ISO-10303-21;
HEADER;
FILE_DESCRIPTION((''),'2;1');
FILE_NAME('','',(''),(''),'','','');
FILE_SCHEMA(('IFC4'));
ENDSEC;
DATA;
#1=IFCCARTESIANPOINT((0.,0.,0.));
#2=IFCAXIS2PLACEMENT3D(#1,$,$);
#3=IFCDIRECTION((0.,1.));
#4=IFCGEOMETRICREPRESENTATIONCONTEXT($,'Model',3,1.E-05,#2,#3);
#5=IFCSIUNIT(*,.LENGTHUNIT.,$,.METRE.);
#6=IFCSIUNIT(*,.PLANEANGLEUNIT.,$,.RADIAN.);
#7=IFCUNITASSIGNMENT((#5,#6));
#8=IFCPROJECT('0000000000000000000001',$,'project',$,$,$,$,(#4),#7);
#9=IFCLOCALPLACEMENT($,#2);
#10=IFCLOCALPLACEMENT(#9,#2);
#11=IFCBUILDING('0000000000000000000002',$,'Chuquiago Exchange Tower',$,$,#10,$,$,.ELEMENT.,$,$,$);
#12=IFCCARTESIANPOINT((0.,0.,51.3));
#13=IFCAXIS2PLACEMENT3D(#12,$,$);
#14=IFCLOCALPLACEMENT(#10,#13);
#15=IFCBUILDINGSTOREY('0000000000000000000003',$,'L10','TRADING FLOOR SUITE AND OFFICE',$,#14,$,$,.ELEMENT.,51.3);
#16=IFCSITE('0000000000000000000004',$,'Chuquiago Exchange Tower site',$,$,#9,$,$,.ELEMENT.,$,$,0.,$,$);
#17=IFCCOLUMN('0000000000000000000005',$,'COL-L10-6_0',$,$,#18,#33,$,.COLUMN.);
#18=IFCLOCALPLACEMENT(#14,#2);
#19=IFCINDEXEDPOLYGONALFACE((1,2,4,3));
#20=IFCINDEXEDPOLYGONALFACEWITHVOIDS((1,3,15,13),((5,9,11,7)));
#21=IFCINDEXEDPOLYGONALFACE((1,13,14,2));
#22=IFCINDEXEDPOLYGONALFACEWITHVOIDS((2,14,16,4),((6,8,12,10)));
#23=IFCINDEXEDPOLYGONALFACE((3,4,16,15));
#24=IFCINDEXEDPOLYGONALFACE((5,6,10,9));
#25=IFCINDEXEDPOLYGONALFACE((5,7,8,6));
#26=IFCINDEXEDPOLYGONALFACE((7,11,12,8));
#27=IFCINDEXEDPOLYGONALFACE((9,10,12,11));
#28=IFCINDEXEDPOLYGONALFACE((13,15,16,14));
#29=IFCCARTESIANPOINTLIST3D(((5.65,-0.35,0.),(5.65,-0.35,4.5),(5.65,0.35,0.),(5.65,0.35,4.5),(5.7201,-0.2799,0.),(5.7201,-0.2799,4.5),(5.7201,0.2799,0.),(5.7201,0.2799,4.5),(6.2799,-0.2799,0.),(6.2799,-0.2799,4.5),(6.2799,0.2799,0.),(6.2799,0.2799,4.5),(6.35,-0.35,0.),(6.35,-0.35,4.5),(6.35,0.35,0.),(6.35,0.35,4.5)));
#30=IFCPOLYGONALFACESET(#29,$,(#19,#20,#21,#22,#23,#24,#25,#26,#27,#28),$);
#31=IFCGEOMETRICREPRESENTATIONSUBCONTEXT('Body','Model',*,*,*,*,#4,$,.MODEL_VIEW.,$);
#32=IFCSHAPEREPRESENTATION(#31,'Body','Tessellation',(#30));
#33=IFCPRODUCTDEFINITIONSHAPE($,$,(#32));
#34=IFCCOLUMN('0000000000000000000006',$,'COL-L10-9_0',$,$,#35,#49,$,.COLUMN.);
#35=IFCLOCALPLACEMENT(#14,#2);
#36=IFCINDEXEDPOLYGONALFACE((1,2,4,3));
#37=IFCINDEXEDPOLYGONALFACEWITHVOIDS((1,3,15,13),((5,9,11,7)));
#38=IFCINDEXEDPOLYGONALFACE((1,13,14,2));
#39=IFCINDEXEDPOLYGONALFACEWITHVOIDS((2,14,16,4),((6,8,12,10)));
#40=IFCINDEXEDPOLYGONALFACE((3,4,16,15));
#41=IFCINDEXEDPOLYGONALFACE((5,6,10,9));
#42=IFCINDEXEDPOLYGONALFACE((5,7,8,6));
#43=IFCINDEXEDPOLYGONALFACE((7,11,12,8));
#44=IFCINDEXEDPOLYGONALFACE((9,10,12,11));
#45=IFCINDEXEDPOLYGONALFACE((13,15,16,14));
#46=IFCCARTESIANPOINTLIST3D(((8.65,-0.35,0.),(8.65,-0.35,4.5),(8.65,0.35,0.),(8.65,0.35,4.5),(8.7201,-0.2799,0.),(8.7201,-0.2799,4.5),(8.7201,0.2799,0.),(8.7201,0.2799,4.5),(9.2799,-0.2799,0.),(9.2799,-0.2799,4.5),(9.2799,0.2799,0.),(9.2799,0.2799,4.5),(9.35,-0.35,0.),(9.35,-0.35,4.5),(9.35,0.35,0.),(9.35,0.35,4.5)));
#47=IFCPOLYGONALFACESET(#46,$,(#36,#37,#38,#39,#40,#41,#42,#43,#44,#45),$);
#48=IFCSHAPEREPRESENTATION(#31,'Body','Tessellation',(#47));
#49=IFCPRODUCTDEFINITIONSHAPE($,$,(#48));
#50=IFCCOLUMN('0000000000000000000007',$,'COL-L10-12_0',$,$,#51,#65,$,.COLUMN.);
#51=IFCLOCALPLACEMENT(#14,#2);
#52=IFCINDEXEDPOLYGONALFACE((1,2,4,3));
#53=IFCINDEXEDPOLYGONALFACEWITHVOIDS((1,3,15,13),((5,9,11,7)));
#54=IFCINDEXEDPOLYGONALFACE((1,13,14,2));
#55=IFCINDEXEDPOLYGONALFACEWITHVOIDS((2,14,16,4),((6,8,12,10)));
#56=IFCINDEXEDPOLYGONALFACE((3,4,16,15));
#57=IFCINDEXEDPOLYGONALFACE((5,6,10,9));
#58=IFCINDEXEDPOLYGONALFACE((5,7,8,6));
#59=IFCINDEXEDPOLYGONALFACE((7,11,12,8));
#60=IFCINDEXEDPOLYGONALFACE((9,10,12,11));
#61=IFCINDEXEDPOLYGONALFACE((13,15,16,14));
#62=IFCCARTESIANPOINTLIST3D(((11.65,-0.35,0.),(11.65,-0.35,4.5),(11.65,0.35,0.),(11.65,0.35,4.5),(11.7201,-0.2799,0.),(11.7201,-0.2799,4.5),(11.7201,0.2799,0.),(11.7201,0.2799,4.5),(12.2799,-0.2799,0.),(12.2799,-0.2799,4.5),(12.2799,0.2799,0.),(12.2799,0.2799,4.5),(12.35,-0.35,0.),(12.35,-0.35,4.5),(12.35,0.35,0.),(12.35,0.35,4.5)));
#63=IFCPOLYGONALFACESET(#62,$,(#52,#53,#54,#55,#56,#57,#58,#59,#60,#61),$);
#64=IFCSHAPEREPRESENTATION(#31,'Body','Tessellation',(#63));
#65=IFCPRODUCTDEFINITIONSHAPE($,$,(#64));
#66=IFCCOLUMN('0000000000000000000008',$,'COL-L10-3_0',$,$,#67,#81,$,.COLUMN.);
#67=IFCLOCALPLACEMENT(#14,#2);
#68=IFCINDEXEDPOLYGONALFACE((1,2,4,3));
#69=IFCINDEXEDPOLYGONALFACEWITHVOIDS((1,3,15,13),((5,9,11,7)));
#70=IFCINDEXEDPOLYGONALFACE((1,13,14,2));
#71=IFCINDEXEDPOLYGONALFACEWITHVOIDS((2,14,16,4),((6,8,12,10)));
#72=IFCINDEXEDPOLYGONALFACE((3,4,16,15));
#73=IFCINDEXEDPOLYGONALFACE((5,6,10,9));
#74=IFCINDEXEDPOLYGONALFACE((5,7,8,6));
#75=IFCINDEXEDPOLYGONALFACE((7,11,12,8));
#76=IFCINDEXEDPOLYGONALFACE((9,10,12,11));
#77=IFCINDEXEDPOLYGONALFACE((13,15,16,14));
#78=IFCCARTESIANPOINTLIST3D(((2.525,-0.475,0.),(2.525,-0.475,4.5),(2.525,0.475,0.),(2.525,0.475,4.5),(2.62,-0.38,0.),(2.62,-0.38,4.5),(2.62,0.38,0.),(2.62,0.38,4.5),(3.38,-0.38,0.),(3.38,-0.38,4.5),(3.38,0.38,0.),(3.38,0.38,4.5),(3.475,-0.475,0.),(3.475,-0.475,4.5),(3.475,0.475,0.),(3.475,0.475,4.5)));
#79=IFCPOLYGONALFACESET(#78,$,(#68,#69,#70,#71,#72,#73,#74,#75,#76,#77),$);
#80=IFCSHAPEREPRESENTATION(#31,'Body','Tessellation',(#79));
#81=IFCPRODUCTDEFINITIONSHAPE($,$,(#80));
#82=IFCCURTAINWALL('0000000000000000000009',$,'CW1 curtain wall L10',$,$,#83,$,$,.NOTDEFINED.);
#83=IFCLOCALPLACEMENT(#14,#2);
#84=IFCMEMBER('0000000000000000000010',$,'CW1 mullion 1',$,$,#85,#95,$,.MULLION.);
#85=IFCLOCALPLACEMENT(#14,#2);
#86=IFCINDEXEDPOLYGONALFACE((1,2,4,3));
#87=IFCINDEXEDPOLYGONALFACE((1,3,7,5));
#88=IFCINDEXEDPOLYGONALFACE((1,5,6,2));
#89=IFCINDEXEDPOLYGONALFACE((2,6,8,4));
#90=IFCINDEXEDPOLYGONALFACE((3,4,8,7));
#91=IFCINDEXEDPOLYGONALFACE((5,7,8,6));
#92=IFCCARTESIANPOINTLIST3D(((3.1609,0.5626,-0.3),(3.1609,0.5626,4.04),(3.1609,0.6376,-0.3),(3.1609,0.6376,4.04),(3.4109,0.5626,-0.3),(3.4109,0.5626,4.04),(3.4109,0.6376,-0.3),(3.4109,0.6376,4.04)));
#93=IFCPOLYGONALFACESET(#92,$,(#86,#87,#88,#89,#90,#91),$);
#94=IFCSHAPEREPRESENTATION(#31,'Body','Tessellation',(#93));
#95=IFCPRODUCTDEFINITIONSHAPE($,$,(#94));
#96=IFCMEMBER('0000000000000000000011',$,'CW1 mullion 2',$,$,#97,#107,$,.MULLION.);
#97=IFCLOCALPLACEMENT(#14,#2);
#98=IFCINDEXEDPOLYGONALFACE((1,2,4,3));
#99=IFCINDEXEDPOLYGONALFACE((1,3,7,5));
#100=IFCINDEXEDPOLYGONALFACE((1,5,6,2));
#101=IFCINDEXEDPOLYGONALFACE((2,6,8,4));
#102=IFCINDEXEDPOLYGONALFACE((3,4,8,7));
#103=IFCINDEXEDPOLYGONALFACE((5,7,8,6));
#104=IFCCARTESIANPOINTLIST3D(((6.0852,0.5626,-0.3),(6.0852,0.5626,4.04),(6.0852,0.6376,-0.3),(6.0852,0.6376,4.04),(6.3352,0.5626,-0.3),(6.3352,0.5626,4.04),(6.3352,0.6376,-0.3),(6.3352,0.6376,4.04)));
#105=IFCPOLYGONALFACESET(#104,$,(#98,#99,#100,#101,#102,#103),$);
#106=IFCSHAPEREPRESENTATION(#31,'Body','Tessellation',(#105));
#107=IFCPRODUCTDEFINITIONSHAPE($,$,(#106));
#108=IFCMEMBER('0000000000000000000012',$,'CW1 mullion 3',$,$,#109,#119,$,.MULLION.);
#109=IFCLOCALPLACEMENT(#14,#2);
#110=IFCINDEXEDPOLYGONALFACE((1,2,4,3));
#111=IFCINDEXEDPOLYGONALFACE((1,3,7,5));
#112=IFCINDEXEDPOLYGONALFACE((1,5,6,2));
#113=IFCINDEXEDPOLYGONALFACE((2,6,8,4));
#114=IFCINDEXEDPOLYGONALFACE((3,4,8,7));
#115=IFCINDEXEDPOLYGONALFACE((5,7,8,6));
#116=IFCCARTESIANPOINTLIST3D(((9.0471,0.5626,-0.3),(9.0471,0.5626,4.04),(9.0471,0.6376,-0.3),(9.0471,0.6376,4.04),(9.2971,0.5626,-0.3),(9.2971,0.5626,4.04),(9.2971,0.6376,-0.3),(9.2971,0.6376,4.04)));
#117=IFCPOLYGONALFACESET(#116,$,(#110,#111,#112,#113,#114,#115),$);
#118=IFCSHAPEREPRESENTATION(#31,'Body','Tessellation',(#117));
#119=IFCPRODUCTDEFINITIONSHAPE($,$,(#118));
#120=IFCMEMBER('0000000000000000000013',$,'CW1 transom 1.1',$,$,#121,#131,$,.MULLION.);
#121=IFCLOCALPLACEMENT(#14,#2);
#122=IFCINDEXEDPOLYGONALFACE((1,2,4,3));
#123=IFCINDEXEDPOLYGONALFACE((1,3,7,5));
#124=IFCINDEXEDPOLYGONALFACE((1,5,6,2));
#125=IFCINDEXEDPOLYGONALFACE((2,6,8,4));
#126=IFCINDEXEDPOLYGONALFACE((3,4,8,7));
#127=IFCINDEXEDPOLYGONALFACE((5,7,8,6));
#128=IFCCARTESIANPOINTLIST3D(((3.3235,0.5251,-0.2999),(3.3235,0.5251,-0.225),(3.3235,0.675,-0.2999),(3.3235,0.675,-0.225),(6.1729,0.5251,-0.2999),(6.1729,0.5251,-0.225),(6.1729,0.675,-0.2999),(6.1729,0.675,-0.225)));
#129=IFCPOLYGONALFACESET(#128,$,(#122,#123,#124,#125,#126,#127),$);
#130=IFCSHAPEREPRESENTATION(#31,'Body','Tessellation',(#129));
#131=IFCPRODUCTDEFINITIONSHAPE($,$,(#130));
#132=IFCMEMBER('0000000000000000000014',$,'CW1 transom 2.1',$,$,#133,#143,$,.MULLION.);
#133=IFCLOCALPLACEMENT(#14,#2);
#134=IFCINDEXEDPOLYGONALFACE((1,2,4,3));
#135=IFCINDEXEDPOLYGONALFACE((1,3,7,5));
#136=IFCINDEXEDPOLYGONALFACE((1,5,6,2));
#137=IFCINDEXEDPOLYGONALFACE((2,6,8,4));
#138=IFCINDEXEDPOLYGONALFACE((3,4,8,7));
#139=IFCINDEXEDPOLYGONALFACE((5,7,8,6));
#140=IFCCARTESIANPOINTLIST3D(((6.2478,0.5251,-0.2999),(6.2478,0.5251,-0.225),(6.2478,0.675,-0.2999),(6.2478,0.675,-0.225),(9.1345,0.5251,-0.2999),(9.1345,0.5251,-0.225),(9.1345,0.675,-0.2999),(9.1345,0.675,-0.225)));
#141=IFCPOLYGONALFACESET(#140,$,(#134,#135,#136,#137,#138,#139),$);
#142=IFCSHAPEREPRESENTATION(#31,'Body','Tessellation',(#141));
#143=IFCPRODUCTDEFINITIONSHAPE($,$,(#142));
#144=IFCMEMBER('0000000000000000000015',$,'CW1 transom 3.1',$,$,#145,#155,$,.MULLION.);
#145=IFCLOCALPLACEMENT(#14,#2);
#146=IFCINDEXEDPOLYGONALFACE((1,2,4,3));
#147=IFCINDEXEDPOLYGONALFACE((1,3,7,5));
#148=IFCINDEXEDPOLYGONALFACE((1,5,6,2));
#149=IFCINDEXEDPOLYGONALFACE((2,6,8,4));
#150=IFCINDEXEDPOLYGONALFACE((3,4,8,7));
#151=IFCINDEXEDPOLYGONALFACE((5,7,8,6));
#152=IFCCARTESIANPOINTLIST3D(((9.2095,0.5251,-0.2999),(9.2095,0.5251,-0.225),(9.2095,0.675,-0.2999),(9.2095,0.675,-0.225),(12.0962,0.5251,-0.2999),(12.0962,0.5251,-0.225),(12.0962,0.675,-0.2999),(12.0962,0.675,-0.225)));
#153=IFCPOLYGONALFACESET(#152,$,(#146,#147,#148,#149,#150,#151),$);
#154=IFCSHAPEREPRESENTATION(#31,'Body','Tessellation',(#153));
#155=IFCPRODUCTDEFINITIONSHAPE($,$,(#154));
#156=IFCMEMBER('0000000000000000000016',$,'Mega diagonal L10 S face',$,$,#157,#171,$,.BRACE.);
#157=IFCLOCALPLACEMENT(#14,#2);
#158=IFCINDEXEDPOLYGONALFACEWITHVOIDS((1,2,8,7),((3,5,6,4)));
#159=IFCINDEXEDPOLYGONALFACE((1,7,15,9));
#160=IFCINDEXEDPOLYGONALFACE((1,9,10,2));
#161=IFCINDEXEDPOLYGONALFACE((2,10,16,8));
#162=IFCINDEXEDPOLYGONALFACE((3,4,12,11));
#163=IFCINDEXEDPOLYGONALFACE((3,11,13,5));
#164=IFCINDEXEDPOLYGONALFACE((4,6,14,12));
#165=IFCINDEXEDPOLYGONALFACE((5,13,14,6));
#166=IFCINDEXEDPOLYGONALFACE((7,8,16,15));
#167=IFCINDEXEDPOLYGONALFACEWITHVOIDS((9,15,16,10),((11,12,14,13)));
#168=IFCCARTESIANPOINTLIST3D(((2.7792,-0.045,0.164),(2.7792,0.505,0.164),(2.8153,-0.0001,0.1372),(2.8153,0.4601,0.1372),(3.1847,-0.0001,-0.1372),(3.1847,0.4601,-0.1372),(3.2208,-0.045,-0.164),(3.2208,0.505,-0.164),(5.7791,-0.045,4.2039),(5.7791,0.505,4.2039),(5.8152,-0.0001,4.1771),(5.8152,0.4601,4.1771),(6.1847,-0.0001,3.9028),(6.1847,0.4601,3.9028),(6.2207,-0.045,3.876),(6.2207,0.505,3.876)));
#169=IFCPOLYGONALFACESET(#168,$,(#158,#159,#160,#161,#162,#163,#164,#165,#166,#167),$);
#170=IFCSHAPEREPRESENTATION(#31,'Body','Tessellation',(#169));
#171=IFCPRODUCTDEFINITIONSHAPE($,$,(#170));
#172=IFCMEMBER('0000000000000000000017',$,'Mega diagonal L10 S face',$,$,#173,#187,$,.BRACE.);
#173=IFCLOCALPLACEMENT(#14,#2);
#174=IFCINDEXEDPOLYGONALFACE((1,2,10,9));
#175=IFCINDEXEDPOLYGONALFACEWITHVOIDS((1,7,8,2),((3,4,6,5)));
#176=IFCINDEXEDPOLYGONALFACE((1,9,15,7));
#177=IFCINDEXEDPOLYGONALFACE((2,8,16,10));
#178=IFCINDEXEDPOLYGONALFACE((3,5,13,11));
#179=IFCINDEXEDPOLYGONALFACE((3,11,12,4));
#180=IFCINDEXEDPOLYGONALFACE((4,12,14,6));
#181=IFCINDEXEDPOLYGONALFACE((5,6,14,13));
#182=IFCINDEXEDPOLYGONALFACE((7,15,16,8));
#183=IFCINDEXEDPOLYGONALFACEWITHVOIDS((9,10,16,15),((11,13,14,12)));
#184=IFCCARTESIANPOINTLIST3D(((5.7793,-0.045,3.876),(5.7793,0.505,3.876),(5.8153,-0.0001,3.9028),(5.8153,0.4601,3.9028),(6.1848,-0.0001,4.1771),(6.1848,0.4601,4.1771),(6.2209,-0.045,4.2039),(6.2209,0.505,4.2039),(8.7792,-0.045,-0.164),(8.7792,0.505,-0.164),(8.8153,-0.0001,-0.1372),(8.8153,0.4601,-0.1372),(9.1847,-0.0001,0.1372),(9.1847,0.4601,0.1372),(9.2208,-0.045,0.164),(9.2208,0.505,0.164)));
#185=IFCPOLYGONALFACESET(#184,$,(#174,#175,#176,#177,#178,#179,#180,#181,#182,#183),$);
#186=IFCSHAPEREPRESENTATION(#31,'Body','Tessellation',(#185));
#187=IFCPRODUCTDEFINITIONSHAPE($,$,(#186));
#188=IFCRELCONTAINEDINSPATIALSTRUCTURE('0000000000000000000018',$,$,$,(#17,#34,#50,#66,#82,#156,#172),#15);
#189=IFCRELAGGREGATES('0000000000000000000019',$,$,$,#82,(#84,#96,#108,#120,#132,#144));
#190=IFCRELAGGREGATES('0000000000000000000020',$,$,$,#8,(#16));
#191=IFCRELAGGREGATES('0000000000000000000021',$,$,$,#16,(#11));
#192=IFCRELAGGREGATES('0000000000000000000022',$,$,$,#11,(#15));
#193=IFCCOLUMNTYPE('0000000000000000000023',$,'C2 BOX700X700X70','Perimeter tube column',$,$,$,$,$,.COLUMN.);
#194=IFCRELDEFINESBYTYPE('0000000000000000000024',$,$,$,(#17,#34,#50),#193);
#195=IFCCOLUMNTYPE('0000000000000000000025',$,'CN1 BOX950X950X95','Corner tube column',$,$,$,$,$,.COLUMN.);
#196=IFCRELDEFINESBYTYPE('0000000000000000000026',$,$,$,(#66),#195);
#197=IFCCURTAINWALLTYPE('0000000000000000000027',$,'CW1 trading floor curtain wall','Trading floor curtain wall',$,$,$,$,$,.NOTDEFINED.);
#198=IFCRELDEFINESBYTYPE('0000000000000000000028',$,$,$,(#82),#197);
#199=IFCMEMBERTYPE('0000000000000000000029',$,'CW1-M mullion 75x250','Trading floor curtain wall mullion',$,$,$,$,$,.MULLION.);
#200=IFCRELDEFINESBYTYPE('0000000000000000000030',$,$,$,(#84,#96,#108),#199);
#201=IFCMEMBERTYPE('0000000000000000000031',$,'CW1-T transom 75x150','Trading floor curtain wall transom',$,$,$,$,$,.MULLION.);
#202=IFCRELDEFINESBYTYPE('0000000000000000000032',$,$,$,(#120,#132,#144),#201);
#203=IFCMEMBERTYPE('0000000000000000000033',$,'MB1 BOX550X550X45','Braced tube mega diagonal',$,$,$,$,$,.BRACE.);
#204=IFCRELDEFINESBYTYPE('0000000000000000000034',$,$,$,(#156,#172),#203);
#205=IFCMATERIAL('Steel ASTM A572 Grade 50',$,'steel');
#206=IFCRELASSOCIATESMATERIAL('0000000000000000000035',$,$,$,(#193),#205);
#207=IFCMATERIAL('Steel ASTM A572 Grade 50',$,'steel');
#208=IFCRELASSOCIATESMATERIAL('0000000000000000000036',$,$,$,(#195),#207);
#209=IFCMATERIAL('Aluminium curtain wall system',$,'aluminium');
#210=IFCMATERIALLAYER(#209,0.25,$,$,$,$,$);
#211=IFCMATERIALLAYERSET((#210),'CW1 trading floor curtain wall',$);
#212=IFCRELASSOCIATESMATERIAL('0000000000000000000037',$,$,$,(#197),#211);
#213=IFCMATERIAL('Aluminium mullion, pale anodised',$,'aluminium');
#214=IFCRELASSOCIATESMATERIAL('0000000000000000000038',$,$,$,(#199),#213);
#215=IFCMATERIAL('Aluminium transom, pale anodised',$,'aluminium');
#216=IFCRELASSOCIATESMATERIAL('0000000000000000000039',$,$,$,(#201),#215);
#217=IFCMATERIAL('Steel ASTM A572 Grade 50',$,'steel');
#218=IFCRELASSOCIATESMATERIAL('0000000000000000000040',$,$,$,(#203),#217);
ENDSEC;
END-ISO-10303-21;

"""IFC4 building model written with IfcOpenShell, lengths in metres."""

from ifc_helpers import new_model, si_unit, direction, frame, origin, origin_2d, place, context, subcontext, project, spatial, rectangle, hollow_rectangle, extrude, material, layer, layer_set, material_profile, profile_set, type_object, element, aggregate, save


model = new_model("IFC4")

# Units and contexts
model_context = context("Model", 3, precision=1e-05, world=origin(), true_north=direction((0.0, 1.0)))
body_context = subcontext(model_context, "Body", "Model", "MODEL_VIEW")
ifc_project = project(units=[si_unit("LENGTHUNIT", "METRE"), si_unit("PLANEANGLEUNIT", "RADIAN")], contexts=[model_context])

# Site, building, storey
site_placement = place(None, origin())
site = spatial("IfcSite", under=ifc_project, at=site_placement, Name="Chuquiago Exchange Tower site", CompositionType="ELEMENT", RefElevation=0.0)
building_placement = place(site_placement, origin())
building = spatial("IfcBuilding", under=site, at=building_placement, Name="Chuquiago Exchange Tower", CompositionType="ELEMENT")
storey_placement = place(building_placement, frame((0.0, 0.0, 51.3)))
storey = spatial("IfcBuildingStorey", under=building, at=storey_placement, Name="L10", Description="TRADING FLOOR SUITE AND OFFICE", CompositionType="ELEMENT", Elevation=51.3)

# Columns
ifc_material_1 = material(Name="Steel ASTM A572 Grade 50", Category="steel")
ifc_material_profile_1 = material_profile(ifc_material_1, hollow_rectangle(XDim=0.7, YDim=0.7, WallThickness=0.0701, at=origin_2d()), Name="BOX700X700X70")
ifc_profile_set_1 = profile_set([ifc_material_profile_1], Name="Steel ASTM A572 Grade 50")
column_type_1 = type_object("IfcColumnType", Name="C2 BOX700X700X70", Description="Perimeter tube column", PredefinedType="COLUMN", material=ifc_profile_set_1)
for number, where, z_axis, x_axis, name in (
    (1, (6.0, 0.0, 0.0), (0.0, 0.0, 1.0), (0.0, -1.0, 0.0), "COL-L10-6_0"),
    (2, (9.0, 0.0, 0.0), (0.0, 0.0, 1.0), (0.0, -1.0, 0.0), "COL-L10-9_0"),
    (3, (12.0, 0.0, 0.0), (0.0, 0.0, 1.0), (0.0, -1.0, 0.0), "COL-L10-12_0"),
):
    element("IfcColumn", number, at=place(storey_placement, frame(where, z_axis=z_axis, x_axis=x_axis)), inside=storey, type_object=column_type_1, Name=name, PredefinedType="COLUMN", context=body_context, shape_type="SweptSolid", body=[
        extrude(hollow_rectangle(XDim=0.7, YDim=0.7, WallThickness=0.0701, at=origin_2d()), origin(), (0.0, 0.0, 1.0), 4.5),
    ])
ifc_material_2 = material(Name="Steel ASTM A572 Grade 50", Category="steel")
ifc_material_profile_2 = material_profile(ifc_material_2, hollow_rectangle(XDim=0.95, YDim=0.95, WallThickness=0.095, at=origin_2d()), Name="BOX950X950X95")
ifc_profile_set_2 = profile_set([ifc_material_profile_2], Name="Steel ASTM A572 Grade 50")
column_type_2 = type_object("IfcColumnType", Name="CN1 BOX950X950X95", Description="Corner tube column", PredefinedType="COLUMN", material=ifc_profile_set_2)
column_placement = place(storey_placement, frame((3.0, 0.0, 0.0), z_axis=(0.0, 0.0, 1.0), x_axis=(0.0, -1.0, 0.0)))
element("IfcColumn", 4, at=column_placement, inside=storey, type_object=column_type_2, Name="COL-L10-3_0", PredefinedType="COLUMN", context=body_context, shape_type="SweptSolid", body=[
    extrude(hollow_rectangle(XDim=0.95, YDim=0.95, WallThickness=0.095, at=origin_2d()), origin(), (0.0, 0.0, 1.0), 4.5),
])

# Curtain wall, members
ifc_material_3 = material(Name="Aluminium curtain wall system", Category="aluminium")
ifc_layer_1 = layer(ifc_material_3, 0.25)
ifc_layer_set_1 = layer_set([ifc_layer_1], Name="CW1 trading floor curtain wall")
curtain_wall_type = type_object("IfcCurtainWallType", Name="CW1 trading floor curtain wall", Description="Trading floor curtain wall", PredefinedType="NOTDEFINED", material=ifc_layer_set_1)
curtain_wall_placement = place(storey_placement, origin())
curtain_wall = element("IfcCurtainWall", 5, at=curtain_wall_placement, inside=storey, type_object=curtain_wall_type, Name="CW1 curtain wall L10", PredefinedType="NOTDEFINED")
ifc_material_4 = material(Name="Aluminium mullion, pale anodised", Category="aluminium")
ifc_material_profile_3 = material_profile(ifc_material_4, rectangle(XDim=0.075, YDim=0.25, at=origin_2d()), Name="AL 75x250")
ifc_profile_set_3 = profile_set([ifc_material_profile_3], Name="Aluminium mullion, pale anodised")
member_type_1 = type_object("IfcMemberType", Name="CW1-M mullion 75x250", Description="Trading floor curtain wall mullion", PredefinedType="MULLION", material=ifc_profile_set_3)
member_1_placement = place(storey_placement, frame((3.2859, 0.6001, -0.3), z_axis=(0.0, 0.0, 1.0), x_axis=(0.0, 1.0, 0.0)))
member_1 = element("IfcMember", 6, at=member_1_placement, type_object=member_type_1, Name="CW1 mullion 1", PredefinedType="MULLION", context=body_context, shape_type="SweptSolid", body=[
    extrude(rectangle(XDim=0.075, YDim=0.25, at=origin_2d()), origin(), (0.0, 0.0, 1.0), 4.3401),
])
member_2_placement = place(storey_placement, frame((6.2102, 0.6001, -0.3), z_axis=(0.0, 0.0, 1.0), x_axis=(0.0, 1.0, 0.0)))
member_2 = element("IfcMember", 7, at=member_2_placement, type_object=member_type_1, Name="CW1 mullion 2", PredefinedType="MULLION", context=body_context, shape_type="SweptSolid", body=[
    extrude(rectangle(XDim=0.075, YDim=0.25, at=origin_2d()), origin(), (0.0, 0.0, 1.0), 4.3401),
])
member_3_placement = place(storey_placement, frame((9.1721, 0.6001, -0.3), z_axis=(0.0, 0.0, 1.0), x_axis=(0.0, 1.0, 0.0)))
member_3 = element("IfcMember", 8, at=member_3_placement, type_object=member_type_1, Name="CW1 mullion 3", PredefinedType="MULLION", context=body_context, shape_type="SweptSolid", body=[
    extrude(rectangle(XDim=0.075, YDim=0.25, at=origin_2d()), origin(), (0.0, 0.0, 1.0), 4.3401),
])
ifc_material_5 = material(Name="Aluminium transom, pale anodised", Category="aluminium")
ifc_material_profile_4 = material_profile(ifc_material_5, rectangle(XDim=0.1499, YDim=0.075, at=origin_2d()), Name="AL 150x75")
ifc_profile_set_4 = profile_set([ifc_material_profile_4], Name="Aluminium transom, pale anodised")
member_type_2 = type_object("IfcMemberType", Name="CW1-T transom 75x150", Description="Trading floor curtain wall transom", PredefinedType="MULLION", material=ifc_profile_set_4)
member_4_placement = place(storey_placement, frame((3.3235, 0.6001, -0.2625), z_axis=(1.0, 0.0, 0.0), x_axis=(0.0, 1.0, 0.0)))
member_4 = element("IfcMember", 9, at=member_4_placement, type_object=member_type_2, Name="CW1 transom 1.1", PredefinedType="MULLION", context=body_context, shape_type="SweptSolid", body=[
    extrude(rectangle(XDim=0.1499, YDim=0.075, at=origin_2d()), origin(), (0.0, 0.0, 1.0), 2.8494),
])
member_5_placement = place(storey_placement, frame((6.2478, 0.6001, -0.2625), z_axis=(1.0, 0.0, 0.0), x_axis=(0.0, 1.0, 0.0)))
member_5 = element("IfcMember", 10, at=member_5_placement, type_object=member_type_2, Name="CW1 transom 2.1", PredefinedType="MULLION", context=body_context, shape_type="SweptSolid", body=[
    extrude(rectangle(XDim=0.1499, YDim=0.075, at=origin_2d()), origin(), (0.0, 0.0, 1.0), 2.8867),
])
member_6_placement = place(storey_placement, frame((9.2095, 0.6001, -0.2625), z_axis=(1.0, 0.0, 0.0), x_axis=(0.0, 1.0, 0.0)))
member_6 = element("IfcMember", 11, at=member_6_placement, type_object=member_type_2, Name="CW1 transom 3.1", PredefinedType="MULLION", context=body_context, shape_type="SweptSolid", body=[
    extrude(rectangle(XDim=0.1499, YDim=0.075, at=origin_2d()), origin(), (0.0, 0.0, 1.0), 2.8867),
])

# Members
ifc_material_6 = material(Name="Steel ASTM A572 Grade 50", Category="steel")
ifc_material_profile_5 = material_profile(ifc_material_6, hollow_rectangle(XDim=0.55, YDim=0.55, WallThickness=0.0449, at=origin_2d()), Name="BOX550X550X45")
ifc_profile_set_5 = profile_set([ifc_material_profile_5], Name="Steel ASTM A572 Grade 50")
member_type_3 = type_object("IfcMemberType", Name="MB1 BOX550X550X45", Description="Braced tube mega diagonal", PredefinedType="BRACE", material=ifc_profile_set_5)
for number, where, z_axis, x_axis, name in (
    (12, (3.0, 0.23, 0.0), (0.596174, 0.0, 0.802855), (0.0, 1.0, 0.0), "Mega diagonal L10 S face"),
    (13, (9.0, 0.23, 0.0), (-0.596174, 0.0, 0.802855), (0.0, -1.0, 0.0), "Mega diagonal L10 S face"),
):
    element("IfcMember", number, at=place(storey_placement, frame(where, z_axis=z_axis, x_axis=x_axis)), inside=storey, type_object=member_type_3, Name=name, PredefinedType="BRACE", context=body_context, shape_type="SweptSolid", body=[
        extrude(hollow_rectangle(XDim=0.55, YDim=0.55, WallThickness=0.0449, at=origin_2d()), origin(), (0.0, 0.0, 1.0), 5.032),
    ])

aggregate(curtain_wall, [member_1, member_2, member_3, member_4, member_5, member_6])

save(model, "model.ifc")
